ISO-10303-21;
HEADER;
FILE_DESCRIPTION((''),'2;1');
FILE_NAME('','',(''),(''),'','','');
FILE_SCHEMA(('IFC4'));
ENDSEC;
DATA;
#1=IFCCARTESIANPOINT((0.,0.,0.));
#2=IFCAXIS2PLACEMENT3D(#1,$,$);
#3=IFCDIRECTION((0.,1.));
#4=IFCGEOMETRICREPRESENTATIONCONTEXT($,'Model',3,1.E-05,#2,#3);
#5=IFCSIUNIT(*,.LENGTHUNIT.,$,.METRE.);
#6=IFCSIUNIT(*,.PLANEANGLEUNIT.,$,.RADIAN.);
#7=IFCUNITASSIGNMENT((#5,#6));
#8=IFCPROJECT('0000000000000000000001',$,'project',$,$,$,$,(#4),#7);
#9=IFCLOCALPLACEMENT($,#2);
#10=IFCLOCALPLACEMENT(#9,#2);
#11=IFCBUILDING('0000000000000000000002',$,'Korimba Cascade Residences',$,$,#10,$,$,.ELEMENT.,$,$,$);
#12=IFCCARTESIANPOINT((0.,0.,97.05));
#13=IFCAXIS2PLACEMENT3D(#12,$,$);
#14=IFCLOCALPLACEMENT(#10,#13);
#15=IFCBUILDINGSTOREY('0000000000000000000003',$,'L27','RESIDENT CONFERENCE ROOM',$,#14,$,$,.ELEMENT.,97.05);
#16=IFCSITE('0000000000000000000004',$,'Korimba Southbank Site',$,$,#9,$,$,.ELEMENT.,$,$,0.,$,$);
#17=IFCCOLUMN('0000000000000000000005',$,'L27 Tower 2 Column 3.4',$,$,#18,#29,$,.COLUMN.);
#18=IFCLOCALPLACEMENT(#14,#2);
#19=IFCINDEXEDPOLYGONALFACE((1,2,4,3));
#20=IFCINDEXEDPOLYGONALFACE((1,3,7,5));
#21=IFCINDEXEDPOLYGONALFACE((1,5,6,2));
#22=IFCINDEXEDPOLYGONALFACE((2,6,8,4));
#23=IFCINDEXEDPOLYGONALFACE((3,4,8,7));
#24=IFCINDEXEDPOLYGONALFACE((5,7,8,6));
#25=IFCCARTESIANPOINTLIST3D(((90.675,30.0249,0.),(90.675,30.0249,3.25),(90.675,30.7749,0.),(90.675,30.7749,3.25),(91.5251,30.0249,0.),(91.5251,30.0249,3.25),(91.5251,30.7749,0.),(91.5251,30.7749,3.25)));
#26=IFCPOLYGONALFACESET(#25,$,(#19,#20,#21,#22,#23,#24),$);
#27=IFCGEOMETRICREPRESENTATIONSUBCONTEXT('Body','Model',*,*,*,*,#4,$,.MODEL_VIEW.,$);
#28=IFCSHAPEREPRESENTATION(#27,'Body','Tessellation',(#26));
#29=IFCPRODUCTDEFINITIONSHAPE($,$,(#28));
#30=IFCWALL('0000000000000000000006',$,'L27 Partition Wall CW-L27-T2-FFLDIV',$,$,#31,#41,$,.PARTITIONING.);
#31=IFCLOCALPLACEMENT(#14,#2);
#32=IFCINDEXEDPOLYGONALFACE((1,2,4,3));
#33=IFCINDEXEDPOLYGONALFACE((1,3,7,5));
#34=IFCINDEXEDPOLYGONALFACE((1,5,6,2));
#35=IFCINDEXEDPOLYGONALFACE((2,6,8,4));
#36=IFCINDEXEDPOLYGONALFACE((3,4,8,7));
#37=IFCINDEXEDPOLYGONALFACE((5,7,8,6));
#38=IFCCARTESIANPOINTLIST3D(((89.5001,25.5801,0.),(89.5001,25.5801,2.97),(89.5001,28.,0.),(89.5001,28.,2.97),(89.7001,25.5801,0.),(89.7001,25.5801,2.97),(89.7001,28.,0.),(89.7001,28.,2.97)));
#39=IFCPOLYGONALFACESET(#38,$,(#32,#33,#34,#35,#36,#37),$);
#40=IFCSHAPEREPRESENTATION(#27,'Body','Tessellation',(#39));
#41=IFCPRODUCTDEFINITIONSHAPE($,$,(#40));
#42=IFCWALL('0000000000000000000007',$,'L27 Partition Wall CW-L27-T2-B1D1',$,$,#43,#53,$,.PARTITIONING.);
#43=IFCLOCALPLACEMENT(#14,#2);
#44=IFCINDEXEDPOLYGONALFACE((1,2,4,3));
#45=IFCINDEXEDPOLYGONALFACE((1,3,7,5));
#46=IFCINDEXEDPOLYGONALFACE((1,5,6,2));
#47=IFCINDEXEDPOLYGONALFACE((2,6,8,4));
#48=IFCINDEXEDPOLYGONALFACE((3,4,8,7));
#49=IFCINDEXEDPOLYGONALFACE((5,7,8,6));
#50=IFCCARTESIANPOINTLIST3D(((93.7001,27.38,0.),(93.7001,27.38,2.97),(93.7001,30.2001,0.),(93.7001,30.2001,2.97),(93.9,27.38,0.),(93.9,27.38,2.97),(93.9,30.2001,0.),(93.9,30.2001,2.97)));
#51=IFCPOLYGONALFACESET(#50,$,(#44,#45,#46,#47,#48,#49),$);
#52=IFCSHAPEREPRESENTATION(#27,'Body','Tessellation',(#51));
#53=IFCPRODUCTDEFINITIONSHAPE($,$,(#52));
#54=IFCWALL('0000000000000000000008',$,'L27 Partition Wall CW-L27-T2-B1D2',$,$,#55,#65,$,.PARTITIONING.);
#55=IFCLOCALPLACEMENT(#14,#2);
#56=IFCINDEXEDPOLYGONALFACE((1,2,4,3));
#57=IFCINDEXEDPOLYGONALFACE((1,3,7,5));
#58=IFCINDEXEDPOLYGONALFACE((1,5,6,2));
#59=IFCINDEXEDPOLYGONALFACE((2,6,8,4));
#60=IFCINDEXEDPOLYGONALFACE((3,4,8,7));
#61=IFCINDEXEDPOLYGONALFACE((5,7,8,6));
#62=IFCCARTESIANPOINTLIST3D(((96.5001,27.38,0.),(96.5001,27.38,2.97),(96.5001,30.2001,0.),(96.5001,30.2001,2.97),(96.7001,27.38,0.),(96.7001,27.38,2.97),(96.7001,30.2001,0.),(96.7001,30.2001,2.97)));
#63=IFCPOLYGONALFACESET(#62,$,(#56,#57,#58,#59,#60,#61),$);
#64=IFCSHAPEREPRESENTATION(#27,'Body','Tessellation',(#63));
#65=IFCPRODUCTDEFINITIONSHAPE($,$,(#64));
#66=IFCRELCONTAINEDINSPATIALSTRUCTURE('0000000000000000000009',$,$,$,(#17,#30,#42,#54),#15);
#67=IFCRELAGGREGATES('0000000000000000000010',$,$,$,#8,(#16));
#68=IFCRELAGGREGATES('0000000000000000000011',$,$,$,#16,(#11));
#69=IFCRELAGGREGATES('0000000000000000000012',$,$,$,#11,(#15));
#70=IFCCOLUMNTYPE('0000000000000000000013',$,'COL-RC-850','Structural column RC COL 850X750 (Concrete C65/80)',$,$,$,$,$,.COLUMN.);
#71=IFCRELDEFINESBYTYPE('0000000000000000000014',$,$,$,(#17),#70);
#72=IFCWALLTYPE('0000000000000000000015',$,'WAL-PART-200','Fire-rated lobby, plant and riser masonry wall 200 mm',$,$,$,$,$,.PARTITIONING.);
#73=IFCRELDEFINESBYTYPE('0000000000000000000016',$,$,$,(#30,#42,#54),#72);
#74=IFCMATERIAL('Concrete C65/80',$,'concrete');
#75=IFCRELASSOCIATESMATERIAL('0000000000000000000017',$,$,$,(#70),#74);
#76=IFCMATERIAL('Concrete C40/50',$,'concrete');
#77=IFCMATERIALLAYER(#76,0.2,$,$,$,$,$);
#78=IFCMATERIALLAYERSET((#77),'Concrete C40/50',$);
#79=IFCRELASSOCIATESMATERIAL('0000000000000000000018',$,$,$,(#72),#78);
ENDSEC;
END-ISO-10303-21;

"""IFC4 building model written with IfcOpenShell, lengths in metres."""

from ifc_helpers import new_model, si_unit, direction, frame, frame_2d, origin, origin_2d, place, context, subcontext, project, spatial, rectangle, extrude, material, layer, layer_set, material_profile, profile_set, type_object, element, save


model = new_model("IFC4")

# Units and contexts
model_context = context("Model", 3, precision=1e-05, world=origin(), true_north=direction((0.0, 1.0)))
body_context = subcontext(model_context, "Body", "Model", "MODEL_VIEW")
ifc_project = project(units=[si_unit("LENGTHUNIT", "METRE"), si_unit("PLANEANGLEUNIT", "RADIAN")], contexts=[model_context])

# Site, building, storey
site_placement = place(None, origin())
site = spatial("IfcSite", under=ifc_project, at=site_placement, Name="Korimba Southbank Site", CompositionType="ELEMENT", RefElevation=0.0)
building_placement = place(site_placement, origin())
building = spatial("IfcBuilding", under=site, at=building_placement, Name="Korimba Cascade Residences", CompositionType="ELEMENT")
storey_placement = place(building_placement, frame((0.0, 0.0, 97.05)))
storey = spatial("IfcBuildingStorey", under=building, at=storey_placement, Name="L27", Description="RESIDENT CONFERENCE ROOM", CompositionType="ELEMENT", Elevation=97.05)

# Column
ifc_material_1 = material(Name="Concrete C65/80", Category="concrete")
ifc_material_profile = material_profile(ifc_material_1, rectangle(XDim=0.8501, YDim=0.75, at=origin_2d()), Name="Concrete C65/80")
ifc_profile_set = profile_set([ifc_material_profile], Name="Concrete C65/80")
column_type = type_object("IfcColumnType", Name="COL-RC-850", Description="Structural column RC COL 850X750 (Concrete C65/80)", PredefinedType="COLUMN", material=ifc_profile_set)
column_placement = place(storey_placement, frame((91.1001, 30.3999, 0.0), z_axis=(0.0, 0.0, 1.0), x_axis=(1.0, 0.0, 0.0)))
element("IfcColumn", 1, at=column_placement, inside=storey, type_object=column_type, Name="L27 Tower 2 Column 3.4", PredefinedType="COLUMN", context=body_context, shape_type="SweptSolid", body=[
    extrude(rectangle(XDim=0.8501, YDim=0.75, at=origin_2d()), origin(), (0.0, 0.0, 1.0), 3.25),
])

# Walls
ifc_material_2 = material(Name="Concrete C40/50", Category="concrete")
ifc_layer_1 = layer(ifc_material_2, 0.2)
ifc_layer_set_1 = layer_set([ifc_layer_1], Name="Concrete C40/50")
wall_type_1 = type_object("IfcWallType", Name="WAL-PART-200", Description="Fire-rated lobby, plant and riser masonry wall 200 mm", PredefinedType="PARTITIONING", material=ifc_layer_set_1)
wall_1_placement = place(storey_placement, frame((89.6001, 25.5801, 0.0), z_axis=(0.0, 0.0, 1.0), x_axis=(0.0, 1.0, 0.0)))
element("IfcWall", 2, at=wall_1_placement, inside=storey, type_object=wall_type_1, Name="L27 Partition Wall CW-L27-T2-FFLDIV", PredefinedType="PARTITIONING", context=body_context, shape_type="SweptSolid", body=[
    extrude(rectangle(XDim=2.4199, YDim=0.2, at=frame_2d((1.21, 0.0))), origin(), (0.0, 0.0, 1.0), 2.97),
])
for number, where, z_axis, x_axis, name in (
    (3, (93.8, 27.3799, 0.0), (0.0, 0.0, 1.0), (0.0, 1.0, 0.0), "L27 Partition Wall CW-L27-T2-B1D1"),
    (4, (96.6001, 27.3799, 0.0), (0.0, 0.0, 1.0), (0.0, 1.0, 0.0), "L27 Partition Wall CW-L27-T2-B1D2"),
):
    element("IfcWall", number, at=place(storey_placement, frame(where, z_axis=z_axis, x_axis=x_axis)), inside=storey, type_object=wall_type_1, Name=name, PredefinedType="PARTITIONING", context=body_context, shape_type="SweptSolid", body=[
        extrude(rectangle(XDim=2.8201, YDim=0.2, at=frame_2d((1.4102, 0.0))), origin(), (0.0, 0.0, 1.0), 2.97),
    ])

save(model, "model.ifc")
